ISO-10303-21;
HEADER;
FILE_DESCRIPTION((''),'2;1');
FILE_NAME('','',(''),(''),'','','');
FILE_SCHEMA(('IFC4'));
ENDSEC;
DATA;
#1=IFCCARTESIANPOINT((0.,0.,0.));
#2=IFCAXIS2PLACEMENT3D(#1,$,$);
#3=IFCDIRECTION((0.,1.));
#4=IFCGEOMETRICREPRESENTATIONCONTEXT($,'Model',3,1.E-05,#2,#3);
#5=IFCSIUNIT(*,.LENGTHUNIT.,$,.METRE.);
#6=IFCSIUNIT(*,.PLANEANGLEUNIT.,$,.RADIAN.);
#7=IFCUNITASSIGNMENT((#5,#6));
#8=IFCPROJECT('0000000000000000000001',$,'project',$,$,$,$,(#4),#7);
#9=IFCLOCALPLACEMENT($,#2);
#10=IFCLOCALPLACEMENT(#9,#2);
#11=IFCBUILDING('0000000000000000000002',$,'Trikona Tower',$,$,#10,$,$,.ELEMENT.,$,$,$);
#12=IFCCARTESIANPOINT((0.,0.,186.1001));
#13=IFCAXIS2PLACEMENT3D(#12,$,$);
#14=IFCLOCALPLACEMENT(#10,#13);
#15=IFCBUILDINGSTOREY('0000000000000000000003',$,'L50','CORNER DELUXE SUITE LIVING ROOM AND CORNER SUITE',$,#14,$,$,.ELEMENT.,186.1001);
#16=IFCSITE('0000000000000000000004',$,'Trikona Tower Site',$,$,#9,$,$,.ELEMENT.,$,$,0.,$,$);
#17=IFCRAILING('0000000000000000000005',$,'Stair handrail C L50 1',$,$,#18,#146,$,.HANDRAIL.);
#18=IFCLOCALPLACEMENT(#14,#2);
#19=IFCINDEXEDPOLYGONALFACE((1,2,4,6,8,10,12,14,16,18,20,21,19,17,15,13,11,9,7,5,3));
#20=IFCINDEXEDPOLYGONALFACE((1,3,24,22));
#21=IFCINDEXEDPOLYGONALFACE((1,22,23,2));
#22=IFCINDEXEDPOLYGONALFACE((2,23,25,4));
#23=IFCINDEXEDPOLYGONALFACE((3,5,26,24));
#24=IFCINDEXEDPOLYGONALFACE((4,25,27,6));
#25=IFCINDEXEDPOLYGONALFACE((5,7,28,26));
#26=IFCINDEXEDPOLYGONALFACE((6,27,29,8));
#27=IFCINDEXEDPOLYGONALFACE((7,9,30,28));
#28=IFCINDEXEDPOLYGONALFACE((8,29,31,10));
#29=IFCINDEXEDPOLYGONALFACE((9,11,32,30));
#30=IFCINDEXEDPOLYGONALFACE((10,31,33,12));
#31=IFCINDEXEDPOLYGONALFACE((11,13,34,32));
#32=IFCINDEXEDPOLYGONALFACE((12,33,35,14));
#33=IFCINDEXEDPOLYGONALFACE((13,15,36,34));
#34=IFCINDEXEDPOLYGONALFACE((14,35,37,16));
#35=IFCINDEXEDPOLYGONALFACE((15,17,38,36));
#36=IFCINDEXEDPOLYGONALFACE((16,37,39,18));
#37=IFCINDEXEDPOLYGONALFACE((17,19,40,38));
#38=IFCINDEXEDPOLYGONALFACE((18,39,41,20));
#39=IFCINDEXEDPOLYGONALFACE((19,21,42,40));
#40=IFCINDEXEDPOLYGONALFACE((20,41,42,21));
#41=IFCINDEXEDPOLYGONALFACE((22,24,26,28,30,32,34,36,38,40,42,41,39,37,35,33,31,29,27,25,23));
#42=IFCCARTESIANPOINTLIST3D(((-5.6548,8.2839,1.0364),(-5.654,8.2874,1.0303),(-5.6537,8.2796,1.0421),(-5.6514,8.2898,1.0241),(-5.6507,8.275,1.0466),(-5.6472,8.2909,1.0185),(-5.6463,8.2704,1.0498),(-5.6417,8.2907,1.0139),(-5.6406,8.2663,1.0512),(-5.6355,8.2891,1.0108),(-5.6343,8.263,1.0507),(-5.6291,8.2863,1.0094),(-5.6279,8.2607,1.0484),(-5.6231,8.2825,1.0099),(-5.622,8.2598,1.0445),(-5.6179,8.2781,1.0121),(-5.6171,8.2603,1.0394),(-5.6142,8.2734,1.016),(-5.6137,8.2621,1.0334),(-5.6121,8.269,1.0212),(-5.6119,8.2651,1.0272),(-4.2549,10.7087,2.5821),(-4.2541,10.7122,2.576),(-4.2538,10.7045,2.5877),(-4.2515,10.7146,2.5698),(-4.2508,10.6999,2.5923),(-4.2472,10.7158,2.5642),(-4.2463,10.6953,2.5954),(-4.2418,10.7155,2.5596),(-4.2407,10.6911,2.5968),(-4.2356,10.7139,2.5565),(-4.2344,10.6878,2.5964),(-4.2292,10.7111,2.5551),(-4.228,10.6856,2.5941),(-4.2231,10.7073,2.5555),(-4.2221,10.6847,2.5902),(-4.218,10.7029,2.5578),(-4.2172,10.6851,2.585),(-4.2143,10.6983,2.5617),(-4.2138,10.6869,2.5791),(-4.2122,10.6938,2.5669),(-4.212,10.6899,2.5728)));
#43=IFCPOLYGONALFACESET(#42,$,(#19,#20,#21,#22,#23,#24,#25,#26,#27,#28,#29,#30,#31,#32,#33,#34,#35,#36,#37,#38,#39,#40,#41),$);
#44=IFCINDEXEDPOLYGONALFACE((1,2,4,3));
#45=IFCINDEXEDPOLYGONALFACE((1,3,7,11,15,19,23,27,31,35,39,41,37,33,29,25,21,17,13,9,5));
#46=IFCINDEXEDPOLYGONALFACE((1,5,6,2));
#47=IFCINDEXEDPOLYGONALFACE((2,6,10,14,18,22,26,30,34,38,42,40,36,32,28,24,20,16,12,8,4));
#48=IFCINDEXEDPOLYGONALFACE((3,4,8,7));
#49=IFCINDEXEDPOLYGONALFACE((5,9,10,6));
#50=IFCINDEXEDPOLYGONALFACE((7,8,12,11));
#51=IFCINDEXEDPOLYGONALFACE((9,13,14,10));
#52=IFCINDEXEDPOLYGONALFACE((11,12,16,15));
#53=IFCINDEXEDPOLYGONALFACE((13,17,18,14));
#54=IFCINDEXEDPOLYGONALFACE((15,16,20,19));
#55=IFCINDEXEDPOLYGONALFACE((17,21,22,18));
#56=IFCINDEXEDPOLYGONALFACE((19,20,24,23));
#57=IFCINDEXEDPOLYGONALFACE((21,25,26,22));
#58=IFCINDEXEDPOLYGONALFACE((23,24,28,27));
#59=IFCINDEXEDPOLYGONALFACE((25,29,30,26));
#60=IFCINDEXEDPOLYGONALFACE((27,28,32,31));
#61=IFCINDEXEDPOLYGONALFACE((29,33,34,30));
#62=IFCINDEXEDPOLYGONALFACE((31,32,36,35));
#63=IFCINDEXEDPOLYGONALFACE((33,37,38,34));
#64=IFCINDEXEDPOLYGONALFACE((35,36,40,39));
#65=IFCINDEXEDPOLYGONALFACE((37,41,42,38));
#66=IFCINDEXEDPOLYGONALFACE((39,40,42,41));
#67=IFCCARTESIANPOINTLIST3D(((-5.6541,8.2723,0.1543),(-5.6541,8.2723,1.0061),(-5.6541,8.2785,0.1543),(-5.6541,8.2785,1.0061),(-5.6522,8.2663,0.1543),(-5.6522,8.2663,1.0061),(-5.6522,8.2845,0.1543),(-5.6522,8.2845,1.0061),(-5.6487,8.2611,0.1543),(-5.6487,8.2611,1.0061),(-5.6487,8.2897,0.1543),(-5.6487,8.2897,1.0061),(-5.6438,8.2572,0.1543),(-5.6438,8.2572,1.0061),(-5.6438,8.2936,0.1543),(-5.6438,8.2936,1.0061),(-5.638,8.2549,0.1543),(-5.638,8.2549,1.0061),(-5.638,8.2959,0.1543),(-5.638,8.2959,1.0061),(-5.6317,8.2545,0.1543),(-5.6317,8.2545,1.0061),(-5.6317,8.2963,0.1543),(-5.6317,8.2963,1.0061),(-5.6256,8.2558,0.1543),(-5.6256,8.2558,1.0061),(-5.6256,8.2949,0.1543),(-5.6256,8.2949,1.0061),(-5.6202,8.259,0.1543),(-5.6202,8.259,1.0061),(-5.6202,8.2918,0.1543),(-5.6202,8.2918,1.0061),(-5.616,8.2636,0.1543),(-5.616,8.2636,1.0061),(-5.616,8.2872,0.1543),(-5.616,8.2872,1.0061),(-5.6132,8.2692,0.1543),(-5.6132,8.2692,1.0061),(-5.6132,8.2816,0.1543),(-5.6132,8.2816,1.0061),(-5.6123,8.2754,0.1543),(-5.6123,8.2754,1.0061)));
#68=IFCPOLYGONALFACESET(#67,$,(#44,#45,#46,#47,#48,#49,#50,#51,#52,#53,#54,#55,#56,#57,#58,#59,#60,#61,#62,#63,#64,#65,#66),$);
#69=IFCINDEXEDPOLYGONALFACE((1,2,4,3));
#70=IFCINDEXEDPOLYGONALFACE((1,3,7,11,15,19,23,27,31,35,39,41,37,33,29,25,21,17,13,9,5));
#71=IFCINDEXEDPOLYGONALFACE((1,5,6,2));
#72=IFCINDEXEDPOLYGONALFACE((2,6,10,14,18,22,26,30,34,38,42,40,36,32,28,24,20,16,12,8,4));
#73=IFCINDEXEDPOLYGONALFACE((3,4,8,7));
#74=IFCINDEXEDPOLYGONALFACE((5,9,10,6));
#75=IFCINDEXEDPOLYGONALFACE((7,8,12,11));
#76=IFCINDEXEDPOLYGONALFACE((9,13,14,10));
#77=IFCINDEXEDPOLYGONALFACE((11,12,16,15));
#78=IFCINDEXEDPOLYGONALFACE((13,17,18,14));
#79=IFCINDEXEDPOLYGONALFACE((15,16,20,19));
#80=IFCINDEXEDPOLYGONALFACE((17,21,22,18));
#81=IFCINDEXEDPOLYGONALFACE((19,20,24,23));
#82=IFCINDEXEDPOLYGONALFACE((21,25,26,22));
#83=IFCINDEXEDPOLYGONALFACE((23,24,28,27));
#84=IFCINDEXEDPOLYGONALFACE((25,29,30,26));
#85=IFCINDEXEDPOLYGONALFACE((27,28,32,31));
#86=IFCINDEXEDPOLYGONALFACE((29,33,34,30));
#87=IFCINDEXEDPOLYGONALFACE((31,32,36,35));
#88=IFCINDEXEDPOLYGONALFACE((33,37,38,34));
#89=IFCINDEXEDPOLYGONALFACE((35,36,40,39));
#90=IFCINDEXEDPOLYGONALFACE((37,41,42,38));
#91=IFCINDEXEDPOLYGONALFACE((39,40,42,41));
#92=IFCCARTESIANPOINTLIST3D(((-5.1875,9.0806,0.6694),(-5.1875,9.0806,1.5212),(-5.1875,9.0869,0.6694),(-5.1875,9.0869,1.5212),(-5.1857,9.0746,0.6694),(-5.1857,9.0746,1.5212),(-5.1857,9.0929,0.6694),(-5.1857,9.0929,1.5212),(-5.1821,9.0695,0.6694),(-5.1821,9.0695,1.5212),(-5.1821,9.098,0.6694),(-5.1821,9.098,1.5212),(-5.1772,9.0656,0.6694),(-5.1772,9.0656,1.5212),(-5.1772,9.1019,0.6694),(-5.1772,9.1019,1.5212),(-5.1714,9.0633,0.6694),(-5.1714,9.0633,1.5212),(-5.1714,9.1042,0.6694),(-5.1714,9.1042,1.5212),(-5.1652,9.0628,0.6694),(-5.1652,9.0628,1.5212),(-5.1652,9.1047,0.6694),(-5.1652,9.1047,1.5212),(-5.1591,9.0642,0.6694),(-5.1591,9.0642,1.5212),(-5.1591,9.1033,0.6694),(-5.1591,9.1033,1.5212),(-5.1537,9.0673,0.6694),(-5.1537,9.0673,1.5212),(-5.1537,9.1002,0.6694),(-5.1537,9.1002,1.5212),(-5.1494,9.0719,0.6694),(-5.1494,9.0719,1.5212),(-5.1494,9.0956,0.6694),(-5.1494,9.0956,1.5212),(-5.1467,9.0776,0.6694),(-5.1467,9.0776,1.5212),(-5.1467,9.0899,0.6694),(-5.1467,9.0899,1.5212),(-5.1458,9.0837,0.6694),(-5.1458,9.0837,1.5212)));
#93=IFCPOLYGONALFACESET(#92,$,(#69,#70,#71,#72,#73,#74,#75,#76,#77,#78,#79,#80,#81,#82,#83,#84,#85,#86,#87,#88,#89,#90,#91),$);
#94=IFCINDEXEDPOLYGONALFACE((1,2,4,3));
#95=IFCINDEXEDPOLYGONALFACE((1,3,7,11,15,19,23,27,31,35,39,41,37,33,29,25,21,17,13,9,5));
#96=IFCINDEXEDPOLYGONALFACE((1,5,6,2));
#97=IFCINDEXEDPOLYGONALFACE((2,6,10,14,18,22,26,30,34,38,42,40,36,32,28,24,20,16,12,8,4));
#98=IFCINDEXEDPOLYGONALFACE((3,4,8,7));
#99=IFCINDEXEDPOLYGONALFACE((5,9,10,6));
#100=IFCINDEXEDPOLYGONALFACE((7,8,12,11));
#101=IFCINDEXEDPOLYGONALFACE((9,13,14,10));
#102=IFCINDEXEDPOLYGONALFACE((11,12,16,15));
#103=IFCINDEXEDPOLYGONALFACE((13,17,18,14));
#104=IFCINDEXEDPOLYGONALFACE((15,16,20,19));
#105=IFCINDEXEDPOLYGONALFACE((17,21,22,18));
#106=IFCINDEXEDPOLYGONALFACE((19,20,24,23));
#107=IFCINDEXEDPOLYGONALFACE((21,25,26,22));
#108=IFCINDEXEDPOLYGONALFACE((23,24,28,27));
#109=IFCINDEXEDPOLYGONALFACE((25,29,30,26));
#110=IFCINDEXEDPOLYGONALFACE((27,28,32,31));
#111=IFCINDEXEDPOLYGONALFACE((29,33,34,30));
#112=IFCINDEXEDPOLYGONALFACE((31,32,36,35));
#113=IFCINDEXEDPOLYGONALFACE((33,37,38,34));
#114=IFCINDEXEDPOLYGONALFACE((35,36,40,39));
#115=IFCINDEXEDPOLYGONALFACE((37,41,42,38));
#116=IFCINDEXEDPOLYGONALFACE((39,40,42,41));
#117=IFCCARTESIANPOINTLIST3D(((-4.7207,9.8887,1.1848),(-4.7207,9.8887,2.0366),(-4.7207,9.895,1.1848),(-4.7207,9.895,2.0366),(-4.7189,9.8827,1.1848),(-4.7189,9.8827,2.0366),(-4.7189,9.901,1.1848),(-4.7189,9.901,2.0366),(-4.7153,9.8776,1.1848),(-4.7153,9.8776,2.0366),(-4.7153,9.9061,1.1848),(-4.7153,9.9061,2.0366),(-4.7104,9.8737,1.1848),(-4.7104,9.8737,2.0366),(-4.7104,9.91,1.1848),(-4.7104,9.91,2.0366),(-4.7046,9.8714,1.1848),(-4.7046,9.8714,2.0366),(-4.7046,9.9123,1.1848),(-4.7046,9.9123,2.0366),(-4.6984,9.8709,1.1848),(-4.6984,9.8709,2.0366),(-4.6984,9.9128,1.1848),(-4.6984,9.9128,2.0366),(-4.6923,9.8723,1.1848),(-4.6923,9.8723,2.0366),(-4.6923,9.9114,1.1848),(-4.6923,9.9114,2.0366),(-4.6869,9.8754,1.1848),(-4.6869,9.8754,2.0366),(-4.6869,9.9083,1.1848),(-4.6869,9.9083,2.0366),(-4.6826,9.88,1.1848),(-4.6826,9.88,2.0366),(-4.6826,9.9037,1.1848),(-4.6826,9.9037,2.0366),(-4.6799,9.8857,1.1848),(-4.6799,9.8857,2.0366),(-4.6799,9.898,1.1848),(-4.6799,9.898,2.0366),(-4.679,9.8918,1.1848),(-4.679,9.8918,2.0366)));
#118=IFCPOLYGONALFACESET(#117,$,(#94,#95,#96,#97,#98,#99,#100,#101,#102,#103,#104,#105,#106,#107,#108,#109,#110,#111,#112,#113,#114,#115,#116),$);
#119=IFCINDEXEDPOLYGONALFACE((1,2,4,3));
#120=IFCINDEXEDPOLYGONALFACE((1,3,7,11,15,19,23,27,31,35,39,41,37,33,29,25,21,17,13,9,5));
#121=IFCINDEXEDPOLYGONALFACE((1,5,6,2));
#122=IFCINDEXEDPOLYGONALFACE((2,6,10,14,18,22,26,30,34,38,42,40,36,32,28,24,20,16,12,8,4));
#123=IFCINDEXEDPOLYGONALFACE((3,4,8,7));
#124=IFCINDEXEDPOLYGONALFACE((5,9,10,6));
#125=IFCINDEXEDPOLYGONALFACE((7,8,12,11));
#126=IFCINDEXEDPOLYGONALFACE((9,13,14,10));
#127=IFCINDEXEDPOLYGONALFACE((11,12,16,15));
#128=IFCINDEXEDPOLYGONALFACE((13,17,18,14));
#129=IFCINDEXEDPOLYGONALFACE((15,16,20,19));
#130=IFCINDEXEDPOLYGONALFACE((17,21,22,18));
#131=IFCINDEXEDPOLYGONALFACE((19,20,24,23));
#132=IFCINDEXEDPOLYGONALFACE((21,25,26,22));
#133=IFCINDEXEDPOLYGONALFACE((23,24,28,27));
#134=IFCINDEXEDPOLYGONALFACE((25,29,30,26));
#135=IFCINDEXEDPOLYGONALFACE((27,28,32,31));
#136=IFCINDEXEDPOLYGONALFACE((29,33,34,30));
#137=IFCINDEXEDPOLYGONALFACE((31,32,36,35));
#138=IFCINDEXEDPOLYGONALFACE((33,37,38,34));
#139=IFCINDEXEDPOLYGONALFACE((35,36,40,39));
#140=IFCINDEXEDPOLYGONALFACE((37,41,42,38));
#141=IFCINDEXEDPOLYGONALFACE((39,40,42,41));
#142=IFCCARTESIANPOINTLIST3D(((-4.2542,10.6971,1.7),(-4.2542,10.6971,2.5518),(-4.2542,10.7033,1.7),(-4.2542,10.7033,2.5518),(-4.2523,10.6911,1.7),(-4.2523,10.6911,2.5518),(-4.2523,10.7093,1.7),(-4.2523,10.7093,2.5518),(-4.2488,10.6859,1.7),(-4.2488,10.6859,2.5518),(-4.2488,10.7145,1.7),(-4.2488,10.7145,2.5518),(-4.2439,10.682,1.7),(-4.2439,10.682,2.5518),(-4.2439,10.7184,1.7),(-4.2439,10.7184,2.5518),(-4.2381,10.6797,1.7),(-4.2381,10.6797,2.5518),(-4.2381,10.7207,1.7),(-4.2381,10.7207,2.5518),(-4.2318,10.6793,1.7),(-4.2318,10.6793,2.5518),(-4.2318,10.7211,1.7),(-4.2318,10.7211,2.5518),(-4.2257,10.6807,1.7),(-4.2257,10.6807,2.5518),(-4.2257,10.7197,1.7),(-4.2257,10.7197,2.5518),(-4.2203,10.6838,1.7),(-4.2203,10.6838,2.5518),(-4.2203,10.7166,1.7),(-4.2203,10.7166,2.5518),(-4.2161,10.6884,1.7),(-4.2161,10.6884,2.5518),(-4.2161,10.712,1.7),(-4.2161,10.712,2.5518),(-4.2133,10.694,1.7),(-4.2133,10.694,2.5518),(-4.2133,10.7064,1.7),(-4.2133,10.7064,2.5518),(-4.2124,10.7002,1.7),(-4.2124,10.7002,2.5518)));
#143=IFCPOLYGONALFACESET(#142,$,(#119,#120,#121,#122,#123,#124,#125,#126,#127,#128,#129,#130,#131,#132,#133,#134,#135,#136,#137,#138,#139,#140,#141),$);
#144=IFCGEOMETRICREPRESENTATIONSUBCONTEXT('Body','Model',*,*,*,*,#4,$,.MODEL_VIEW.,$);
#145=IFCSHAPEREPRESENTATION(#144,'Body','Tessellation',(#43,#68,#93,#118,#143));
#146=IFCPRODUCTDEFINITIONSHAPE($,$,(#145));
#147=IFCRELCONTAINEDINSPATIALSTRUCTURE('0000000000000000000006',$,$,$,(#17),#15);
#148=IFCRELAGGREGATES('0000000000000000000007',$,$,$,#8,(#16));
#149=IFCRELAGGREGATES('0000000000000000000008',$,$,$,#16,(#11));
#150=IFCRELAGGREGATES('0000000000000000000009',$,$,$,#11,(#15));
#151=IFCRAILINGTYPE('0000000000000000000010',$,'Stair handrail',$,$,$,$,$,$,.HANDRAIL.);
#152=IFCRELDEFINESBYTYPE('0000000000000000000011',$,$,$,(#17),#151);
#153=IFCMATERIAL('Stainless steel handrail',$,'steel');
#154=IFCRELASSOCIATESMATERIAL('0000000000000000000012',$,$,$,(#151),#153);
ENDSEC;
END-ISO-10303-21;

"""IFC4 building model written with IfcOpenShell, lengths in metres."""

from ifc_helpers import new_model, si_unit, direction, frame, origin, origin_2d, place, context, subcontext, project, spatial, circle, extrude, material, type_object, element, save


model = new_model("IFC4")

# Units and contexts
model_context = context("Model", 3, precision=1e-05, world=origin(), true_north=direction((0.0, 1.0)))
body_context = subcontext(model_context, "Body", "Model", "MODEL_VIEW")
ifc_project = project(units=[si_unit("LENGTHUNIT", "METRE"), si_unit("PLANEANGLEUNIT", "RADIAN")], contexts=[model_context])

# Site, building, storey
site_placement = place(None, origin())
site = spatial("IfcSite", under=ifc_project, at=site_placement, Name="Trikona Tower Site", CompositionType="ELEMENT", RefElevation=0.0)
building_placement = place(site_placement, origin())
building = spatial("IfcBuilding", under=site, at=building_placement, Name="Trikona Tower", CompositionType="ELEMENT")
storey_placement = place(building_placement, frame((0.0, 0.0, 186.1001)))
storey = spatial("IfcBuildingStorey", under=building, at=storey_placement, Name="L50", Description="CORNER DELUXE SUITE LIVING ROOM AND CORNER SUITE", CompositionType="ELEMENT", Elevation=186.1001)

# Railing
ifc_material_1 = material(Name="Stainless steel handrail", Category="steel")
railing_type = type_object("IfcRailingType", Name="Stair handrail", PredefinedType="HANDRAIL", material=ifc_material_1)
railing_1_placement = place(storey_placement, frame((-5.6333, 8.2754, 0.1543)))
element("IfcRailing", 1, at=railing_1_placement, inside=storey, type_object=railing_type, Name="Stair handrail C L50 1", PredefinedType="HANDRAIL", context=body_context, shape_type="SweptSolid", body=[
    extrude(circle(Radius=0.0239, at=origin_2d()), frame((0.0, 0.0, 0.876), z_axis=(0.437716, 0.758179, 0.48329), x_axis=(-0.866035, 0.499984, 0.0)), (0.0, 0.0, 1.0), 3.1982),
    extrude(circle(Radius=0.021, at=origin_2d()), origin(), (0.0, 0.0, 1.0), 0.8518),
    extrude(circle(Radius=0.021, at=origin_2d()), frame((0.4666, 0.8083, 0.5151)), (0.0, 0.0, 1.0), 0.8518),
    extrude(circle(Radius=0.021, at=origin_2d()), frame((0.9333, 1.6165, 1.0305)), (0.0, 0.0, 1.0), 0.8518),
    extrude(circle(Radius=0.021, at=origin_2d()), frame((1.3999, 2.4248, 1.5457)), (0.0, 0.0, 1.0), 0.8518),
])

save(model, "model.ifc")
